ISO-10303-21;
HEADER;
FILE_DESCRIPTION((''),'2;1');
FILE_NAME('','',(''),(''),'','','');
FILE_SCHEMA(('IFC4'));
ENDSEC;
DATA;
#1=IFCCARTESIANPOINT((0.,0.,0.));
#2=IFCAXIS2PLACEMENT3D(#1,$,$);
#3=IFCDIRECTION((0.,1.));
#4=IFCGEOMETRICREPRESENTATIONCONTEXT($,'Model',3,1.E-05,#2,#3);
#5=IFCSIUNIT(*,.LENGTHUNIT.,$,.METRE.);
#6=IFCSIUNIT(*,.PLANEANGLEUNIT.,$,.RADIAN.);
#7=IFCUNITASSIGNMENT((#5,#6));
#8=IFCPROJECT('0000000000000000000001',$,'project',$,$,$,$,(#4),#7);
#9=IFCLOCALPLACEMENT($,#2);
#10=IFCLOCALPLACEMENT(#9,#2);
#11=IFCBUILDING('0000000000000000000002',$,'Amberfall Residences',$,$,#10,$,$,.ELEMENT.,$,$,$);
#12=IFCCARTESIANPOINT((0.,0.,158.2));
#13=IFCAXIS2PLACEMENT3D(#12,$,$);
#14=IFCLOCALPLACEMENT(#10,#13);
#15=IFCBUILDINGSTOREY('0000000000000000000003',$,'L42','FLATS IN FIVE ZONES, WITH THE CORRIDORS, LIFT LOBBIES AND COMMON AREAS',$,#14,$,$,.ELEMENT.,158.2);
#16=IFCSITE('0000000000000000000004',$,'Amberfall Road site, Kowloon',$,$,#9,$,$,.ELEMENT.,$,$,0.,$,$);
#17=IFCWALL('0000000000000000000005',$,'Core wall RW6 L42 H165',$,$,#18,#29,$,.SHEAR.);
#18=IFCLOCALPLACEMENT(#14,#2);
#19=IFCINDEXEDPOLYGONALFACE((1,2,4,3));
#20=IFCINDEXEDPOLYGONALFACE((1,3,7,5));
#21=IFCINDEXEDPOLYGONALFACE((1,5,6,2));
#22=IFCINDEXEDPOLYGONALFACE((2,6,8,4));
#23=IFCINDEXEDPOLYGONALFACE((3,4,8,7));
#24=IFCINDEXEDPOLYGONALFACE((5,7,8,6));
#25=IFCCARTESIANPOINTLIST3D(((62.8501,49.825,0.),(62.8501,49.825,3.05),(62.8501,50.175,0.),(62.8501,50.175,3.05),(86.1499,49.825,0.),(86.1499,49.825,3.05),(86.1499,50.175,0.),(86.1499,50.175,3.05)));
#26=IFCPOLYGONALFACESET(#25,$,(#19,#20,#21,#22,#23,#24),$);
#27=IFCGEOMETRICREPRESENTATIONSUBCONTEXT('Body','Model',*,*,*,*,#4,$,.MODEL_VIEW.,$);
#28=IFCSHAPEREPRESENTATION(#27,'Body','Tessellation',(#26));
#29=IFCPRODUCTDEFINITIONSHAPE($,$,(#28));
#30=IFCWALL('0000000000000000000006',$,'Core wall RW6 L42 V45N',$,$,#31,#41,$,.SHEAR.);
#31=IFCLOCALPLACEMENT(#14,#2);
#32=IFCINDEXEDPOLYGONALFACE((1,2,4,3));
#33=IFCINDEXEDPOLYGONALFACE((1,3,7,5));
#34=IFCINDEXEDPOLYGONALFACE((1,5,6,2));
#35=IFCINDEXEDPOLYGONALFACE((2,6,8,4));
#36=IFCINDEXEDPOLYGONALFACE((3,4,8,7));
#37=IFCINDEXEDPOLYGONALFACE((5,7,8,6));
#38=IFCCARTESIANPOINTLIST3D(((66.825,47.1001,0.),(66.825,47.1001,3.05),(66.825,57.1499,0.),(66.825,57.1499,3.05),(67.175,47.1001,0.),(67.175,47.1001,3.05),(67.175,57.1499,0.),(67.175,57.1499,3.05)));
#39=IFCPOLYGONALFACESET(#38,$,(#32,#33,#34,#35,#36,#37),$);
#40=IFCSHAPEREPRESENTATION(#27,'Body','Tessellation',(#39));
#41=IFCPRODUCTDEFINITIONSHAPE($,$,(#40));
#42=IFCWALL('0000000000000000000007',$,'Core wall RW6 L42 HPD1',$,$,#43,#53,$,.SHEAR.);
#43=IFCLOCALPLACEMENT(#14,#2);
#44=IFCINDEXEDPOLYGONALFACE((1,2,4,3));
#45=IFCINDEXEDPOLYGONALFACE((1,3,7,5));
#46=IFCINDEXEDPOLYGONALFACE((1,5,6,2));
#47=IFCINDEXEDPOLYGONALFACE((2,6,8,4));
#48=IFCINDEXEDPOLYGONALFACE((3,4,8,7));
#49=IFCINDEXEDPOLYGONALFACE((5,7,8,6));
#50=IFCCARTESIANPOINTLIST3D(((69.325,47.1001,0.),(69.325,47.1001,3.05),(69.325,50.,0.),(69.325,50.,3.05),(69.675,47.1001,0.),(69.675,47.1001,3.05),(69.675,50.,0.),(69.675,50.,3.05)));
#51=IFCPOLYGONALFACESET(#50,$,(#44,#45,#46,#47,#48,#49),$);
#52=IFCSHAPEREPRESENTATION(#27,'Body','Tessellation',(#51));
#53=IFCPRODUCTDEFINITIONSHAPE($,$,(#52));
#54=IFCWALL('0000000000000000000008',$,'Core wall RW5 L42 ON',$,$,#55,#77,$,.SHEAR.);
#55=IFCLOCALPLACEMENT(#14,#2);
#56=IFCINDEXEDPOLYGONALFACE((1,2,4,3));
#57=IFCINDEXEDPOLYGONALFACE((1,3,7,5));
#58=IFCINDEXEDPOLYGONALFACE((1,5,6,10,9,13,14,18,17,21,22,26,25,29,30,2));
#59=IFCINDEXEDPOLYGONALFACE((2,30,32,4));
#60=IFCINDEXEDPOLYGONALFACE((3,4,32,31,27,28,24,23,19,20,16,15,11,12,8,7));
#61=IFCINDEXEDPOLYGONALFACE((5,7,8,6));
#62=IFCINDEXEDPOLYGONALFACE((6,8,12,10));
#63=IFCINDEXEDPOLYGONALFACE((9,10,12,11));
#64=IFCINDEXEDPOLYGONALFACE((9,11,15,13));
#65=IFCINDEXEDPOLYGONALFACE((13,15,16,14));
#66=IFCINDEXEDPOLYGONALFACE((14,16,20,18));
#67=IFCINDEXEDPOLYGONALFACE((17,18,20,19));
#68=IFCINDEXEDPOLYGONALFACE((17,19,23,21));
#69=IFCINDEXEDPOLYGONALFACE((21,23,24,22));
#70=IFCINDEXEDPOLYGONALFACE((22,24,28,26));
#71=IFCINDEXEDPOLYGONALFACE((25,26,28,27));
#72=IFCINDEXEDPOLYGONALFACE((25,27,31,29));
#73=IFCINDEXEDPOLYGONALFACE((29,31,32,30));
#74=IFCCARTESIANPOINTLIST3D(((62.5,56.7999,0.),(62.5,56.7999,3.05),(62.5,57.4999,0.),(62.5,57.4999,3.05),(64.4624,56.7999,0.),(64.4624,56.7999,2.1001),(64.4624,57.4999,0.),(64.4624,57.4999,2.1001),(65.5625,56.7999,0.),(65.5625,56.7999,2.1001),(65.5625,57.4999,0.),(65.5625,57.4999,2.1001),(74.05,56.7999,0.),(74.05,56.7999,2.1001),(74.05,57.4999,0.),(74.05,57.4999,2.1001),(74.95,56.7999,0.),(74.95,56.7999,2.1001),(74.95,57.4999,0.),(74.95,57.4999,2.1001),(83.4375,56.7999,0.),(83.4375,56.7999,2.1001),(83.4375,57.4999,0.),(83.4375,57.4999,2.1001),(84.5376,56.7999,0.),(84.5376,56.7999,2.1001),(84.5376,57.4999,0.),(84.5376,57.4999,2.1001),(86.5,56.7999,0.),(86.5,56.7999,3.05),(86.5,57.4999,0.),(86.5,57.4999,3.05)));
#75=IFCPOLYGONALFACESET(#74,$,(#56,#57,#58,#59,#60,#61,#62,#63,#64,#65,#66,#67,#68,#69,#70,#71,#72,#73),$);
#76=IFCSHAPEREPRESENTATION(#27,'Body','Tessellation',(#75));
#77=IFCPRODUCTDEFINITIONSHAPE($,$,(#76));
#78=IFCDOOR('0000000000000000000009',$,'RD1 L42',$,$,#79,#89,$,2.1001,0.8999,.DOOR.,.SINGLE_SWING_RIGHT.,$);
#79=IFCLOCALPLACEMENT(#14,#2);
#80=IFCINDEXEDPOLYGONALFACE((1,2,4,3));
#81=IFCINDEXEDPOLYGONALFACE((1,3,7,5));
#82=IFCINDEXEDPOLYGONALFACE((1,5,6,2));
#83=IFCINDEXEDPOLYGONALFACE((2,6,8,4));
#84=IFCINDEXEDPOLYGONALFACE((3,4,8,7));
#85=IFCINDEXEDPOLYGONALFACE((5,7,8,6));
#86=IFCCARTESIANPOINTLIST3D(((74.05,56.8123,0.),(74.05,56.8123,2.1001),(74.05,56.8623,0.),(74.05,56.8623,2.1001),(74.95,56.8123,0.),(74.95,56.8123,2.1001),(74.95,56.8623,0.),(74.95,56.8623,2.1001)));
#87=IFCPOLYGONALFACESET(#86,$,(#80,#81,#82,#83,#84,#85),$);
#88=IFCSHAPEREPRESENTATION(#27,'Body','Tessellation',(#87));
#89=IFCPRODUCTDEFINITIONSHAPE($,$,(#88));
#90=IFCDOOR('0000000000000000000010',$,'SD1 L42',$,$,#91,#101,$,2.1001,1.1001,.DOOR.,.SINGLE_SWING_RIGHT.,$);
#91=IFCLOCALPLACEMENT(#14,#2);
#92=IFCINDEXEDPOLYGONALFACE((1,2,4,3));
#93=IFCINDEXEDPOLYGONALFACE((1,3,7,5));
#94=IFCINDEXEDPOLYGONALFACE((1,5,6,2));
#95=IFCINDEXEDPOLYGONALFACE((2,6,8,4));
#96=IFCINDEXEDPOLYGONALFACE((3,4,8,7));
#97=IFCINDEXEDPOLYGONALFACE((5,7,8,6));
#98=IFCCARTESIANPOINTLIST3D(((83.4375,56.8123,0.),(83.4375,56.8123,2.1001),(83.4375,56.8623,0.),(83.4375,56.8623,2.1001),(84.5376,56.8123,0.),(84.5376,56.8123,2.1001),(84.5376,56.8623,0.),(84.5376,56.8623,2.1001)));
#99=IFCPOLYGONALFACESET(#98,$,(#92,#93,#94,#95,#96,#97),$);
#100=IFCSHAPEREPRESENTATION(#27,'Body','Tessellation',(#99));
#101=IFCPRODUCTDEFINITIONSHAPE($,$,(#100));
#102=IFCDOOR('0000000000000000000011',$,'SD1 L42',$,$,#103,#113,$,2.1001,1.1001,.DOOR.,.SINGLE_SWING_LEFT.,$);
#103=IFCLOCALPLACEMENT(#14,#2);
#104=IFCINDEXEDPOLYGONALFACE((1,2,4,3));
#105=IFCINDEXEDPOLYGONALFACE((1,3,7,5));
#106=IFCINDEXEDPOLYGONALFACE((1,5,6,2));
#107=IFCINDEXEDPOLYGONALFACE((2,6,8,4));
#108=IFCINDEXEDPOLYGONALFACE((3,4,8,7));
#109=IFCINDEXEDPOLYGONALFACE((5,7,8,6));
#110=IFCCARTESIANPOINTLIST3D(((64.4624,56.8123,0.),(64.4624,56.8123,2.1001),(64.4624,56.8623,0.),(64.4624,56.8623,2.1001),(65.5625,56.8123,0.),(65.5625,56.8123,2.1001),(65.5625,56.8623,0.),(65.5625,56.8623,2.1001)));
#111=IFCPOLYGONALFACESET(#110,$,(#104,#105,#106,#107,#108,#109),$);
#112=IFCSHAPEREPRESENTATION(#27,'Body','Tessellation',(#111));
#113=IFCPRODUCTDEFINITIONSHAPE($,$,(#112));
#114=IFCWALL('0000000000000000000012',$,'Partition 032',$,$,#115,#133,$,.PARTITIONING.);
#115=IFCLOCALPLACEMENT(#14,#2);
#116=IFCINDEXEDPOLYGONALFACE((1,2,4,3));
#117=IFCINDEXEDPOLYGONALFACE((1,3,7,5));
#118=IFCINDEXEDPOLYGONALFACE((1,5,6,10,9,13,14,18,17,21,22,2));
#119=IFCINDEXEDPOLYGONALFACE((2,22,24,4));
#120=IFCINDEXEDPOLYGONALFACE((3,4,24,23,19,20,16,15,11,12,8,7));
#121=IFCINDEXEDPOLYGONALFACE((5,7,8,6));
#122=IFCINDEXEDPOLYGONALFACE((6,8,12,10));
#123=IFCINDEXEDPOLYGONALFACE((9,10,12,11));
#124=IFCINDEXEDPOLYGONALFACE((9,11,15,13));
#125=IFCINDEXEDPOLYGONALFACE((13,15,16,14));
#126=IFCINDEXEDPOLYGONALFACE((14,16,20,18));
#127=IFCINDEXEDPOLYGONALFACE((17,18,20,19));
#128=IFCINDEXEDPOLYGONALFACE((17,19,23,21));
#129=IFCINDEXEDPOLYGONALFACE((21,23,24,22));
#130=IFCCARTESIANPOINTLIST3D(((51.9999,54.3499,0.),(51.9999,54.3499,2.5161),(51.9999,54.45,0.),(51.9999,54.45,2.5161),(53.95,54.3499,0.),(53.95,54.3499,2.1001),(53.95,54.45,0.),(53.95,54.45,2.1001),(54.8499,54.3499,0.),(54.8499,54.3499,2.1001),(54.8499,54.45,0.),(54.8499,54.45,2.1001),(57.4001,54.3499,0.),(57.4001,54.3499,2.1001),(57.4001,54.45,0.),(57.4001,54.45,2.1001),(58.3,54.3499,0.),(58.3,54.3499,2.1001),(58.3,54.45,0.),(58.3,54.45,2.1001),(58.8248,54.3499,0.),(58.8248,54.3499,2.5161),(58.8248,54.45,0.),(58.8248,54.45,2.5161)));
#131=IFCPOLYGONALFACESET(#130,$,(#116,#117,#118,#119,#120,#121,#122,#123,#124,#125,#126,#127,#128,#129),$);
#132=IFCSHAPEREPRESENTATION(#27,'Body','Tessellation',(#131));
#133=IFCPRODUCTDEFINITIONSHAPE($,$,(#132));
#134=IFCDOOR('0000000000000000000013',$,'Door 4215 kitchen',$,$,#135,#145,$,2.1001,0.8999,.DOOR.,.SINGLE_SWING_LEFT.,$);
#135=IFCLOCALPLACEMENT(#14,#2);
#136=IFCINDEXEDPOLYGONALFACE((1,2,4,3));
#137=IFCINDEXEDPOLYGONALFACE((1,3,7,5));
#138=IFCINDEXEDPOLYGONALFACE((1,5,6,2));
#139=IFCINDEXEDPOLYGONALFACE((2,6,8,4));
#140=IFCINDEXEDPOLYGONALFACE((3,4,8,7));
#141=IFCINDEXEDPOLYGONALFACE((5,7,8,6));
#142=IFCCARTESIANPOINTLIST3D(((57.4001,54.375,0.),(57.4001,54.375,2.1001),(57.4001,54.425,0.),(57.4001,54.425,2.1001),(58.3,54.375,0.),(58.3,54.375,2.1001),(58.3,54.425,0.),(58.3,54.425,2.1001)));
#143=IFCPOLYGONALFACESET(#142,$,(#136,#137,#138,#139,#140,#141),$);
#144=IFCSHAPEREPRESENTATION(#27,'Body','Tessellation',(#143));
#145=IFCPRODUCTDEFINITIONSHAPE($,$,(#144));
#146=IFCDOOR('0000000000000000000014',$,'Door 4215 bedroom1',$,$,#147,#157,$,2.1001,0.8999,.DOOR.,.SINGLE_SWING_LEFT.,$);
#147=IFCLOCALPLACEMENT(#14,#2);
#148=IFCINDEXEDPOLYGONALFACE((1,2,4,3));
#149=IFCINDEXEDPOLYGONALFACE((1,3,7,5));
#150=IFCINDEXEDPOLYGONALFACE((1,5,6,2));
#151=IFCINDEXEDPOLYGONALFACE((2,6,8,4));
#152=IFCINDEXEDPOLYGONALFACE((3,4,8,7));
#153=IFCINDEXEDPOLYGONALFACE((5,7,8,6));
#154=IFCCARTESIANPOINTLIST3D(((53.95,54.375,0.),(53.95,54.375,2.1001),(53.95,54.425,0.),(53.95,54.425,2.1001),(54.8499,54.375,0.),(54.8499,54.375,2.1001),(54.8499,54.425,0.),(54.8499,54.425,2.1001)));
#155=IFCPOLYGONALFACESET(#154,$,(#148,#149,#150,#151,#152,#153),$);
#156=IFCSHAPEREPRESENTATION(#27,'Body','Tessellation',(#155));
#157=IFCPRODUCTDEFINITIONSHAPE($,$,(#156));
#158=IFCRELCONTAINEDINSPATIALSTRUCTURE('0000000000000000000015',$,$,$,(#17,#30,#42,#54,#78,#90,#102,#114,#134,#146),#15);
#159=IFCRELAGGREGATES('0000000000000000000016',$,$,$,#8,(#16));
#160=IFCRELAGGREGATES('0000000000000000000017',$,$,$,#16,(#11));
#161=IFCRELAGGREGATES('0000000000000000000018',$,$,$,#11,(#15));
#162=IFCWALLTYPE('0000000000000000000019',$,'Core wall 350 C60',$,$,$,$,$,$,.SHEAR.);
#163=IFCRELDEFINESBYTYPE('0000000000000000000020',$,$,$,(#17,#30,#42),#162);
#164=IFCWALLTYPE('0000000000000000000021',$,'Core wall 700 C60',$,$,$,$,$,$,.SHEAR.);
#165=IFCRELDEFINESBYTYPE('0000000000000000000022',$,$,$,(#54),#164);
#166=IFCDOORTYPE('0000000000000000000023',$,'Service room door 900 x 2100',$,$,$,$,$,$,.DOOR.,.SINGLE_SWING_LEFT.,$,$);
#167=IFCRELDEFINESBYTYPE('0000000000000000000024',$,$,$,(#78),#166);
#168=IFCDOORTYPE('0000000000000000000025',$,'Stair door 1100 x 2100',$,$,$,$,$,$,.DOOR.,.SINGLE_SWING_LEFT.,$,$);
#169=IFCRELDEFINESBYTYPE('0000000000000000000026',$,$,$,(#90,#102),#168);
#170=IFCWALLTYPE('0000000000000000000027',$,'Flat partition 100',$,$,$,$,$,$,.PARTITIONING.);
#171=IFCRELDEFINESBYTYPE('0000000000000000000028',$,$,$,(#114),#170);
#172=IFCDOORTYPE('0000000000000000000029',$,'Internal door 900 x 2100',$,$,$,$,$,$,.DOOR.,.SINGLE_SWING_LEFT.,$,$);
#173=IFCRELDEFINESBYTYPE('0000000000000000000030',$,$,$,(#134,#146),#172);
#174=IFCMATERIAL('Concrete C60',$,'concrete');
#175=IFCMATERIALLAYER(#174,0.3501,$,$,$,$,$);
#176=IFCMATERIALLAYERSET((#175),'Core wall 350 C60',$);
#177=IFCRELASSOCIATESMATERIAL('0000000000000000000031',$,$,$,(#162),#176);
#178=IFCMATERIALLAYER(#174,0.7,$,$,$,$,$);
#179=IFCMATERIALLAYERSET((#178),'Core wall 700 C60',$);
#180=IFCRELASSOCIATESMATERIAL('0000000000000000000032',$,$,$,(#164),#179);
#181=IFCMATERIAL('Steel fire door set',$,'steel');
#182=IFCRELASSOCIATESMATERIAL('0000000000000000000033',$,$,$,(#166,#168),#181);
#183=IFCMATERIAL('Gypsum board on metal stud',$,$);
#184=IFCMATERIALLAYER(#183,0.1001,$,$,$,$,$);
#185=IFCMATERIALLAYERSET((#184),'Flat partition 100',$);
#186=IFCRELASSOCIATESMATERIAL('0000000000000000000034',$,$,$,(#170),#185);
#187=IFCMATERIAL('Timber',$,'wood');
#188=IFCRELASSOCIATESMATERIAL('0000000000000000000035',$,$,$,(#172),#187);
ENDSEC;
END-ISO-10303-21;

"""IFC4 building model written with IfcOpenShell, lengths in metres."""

from ifc_helpers import new_model, si_unit, direction, frame, frame_2d, origin, place, context, subcontext, project, spatial, rectangle, extrude, material, layer, layer_set, type_object, element, fill, save


model = new_model("IFC4")

# Units and contexts
model_context = context("Model", 3, precision=1e-05, world=origin(), true_north=direction((0.0, 1.0)))
body_context = subcontext(model_context, "Body", "Model", "MODEL_VIEW")
ifc_project = project(units=[si_unit("LENGTHUNIT", "METRE"), si_unit("PLANEANGLEUNIT", "RADIAN")], contexts=[model_context])

# Site, building, storey
site_placement = place(None, origin())
site = spatial("IfcSite", under=ifc_project, at=site_placement, Name="Amberfall Road site, Kowloon", CompositionType="ELEMENT", RefElevation=0.0)
building_placement = place(site_placement, origin())
building = spatial("IfcBuilding", under=site, at=building_placement, Name="Amberfall Residences", CompositionType="ELEMENT")
storey_placement = place(building_placement, frame((0.0, 0.0, 158.2)))
storey = spatial("IfcBuildingStorey", under=building, at=storey_placement, Name="L42", Description="FLATS IN FIVE ZONES, WITH THE CORRIDORS, LIFT LOBBIES AND COMMON AREAS", CompositionType="ELEMENT", Elevation=158.2)

# Walls
ifc_material_1 = material(Name="Concrete C60", Category="concrete")
ifc_layer_1 = layer(ifc_material_1, 0.3501)
ifc_layer_set_1 = layer_set([ifc_layer_1], Name="Core wall 350 C60")
wall_type_1 = type_object("IfcWallType", Name="Core wall 350 C60", PredefinedType="SHEAR", material=ifc_layer_set_1)
wall_1_placement = place(storey_placement, frame((62.8501, 50.0, 0.0), z_axis=(0.0, 0.0, 1.0), x_axis=(1.0, 0.0, 0.0)))
element("IfcWall", 1, at=wall_1_placement, inside=storey, type_object=wall_type_1, Name="Core wall RW6 L42 H165", PredefinedType="SHEAR", context=body_context, shape_type="SweptSolid", body=[
    extrude(rectangle(XDim=23.2998, YDim=0.3501, at=frame_2d((11.6499, 0.0))), origin(), (0.0, 0.0, 1.0), 3.05),
])
wall_2_placement = place(storey_placement, frame((67.0, 47.1001, 0.0), z_axis=(0.0, 0.0, 1.0), x_axis=(0.0, 1.0, 0.0)))
element("IfcWall", 2, at=wall_2_placement, inside=storey, type_object=wall_type_1, Name="Core wall RW6 L42 V45N", PredefinedType="SHEAR", context=body_context, shape_type="SweptSolid", body=[
    extrude(rectangle(XDim=10.0498, YDim=0.3501, at=frame_2d((5.0249, 0.0))), origin(), (0.0, 0.0, 1.0), 3.05),
])
wall_3_placement = place(storey_placement, frame((69.5, 47.1001, 0.0), z_axis=(0.0, 0.0, 1.0), x_axis=(0.0, 1.0, 0.0)))
element("IfcWall", 3, at=wall_3_placement, inside=storey, type_object=wall_type_1, Name="Core wall RW6 L42 HPD1", PredefinedType="SHEAR", context=body_context, shape_type="SweptSolid", body=[
    extrude(rectangle(XDim=2.8999, YDim=0.3501, at=frame_2d((1.45, 0.0))), origin(), (0.0, 0.0, 1.0), 3.05),
])

# Walls, openings, doors
ifc_layer_2 = layer(ifc_material_1, 0.7)
ifc_layer_set_2 = layer_set([ifc_layer_2], Name="Core wall 700 C60")
wall_type_2 = type_object("IfcWallType", Name="Core wall 700 C60", PredefinedType="SHEAR", material=ifc_layer_set_2)
wall_4_placement = place(storey_placement, frame((62.5, 57.1499, 0.0), z_axis=(0.0, 0.0, 1.0), x_axis=(1.0, 0.0, 0.0)))
wall_4 = element("IfcWall", 4, at=wall_4_placement, inside=storey, type_object=wall_type_2, Name="Core wall RW5 L42 ON", PredefinedType="SHEAR", context=body_context, shape_type="SweptSolid", body=[
    extrude(rectangle(XDim=24.0, YDim=0.7, at=frame_2d((12.0, 0.0))), origin(), (0.0, 0.0, 1.0), 3.05),
])
opening_1_placement = place(wall_4_placement, frame((20.9375, 0.0, 0.0)))
opening_1 = element("IfcOpeningElement", 5, at=opening_1_placement, cuts=wall_4, PredefinedType="OPENING", context=body_context, shape_type="SweptSolid", body=[
    extrude(rectangle(XDim=1.1001, YDim=2.1001, at=frame_2d((0.55, 1.05))), frame((0.0, 0.3599, 0.0), z_axis=(0.0, -1.0, 0.0), x_axis=(1.0, 0.0, 0.0)), (0.0, 0.0, 1.0), 0.72),
])
opening_2_placement = place(wall_4_placement, frame((1.9624, 0.0, 0.0)))
opening_2 = element("IfcOpeningElement", 6, at=opening_2_placement, cuts=wall_4, PredefinedType="OPENING", context=body_context, shape_type="SweptSolid", body=[
    extrude(rectangle(XDim=1.1001, YDim=2.1001, at=frame_2d((0.55, 1.05))), frame((0.0, 0.3599, 0.0), z_axis=(0.0, -1.0, 0.0), x_axis=(1.0, 0.0, 0.0)), (0.0, 0.0, 1.0), 0.72),
])
opening_3_placement = place(wall_4_placement, frame((11.55, 0.0, 0.0)))
opening_3 = element("IfcOpeningElement", 7, at=opening_3_placement, cuts=wall_4, PredefinedType="OPENING", context=body_context, shape_type="SweptSolid", body=[
    extrude(rectangle(XDim=0.8999, YDim=2.1001, at=frame_2d((0.45, 1.05))), frame((0.0, 0.3599, 0.0), z_axis=(0.0, -1.0, 0.0), x_axis=(1.0, 0.0, 0.0)), (0.0, 0.0, 1.0), 0.72),
])
ifc_material_2 = material(Name="Steel fire door set", Category="steel")
door_type_1 = type_object("IfcDoorType", Name="Service room door 900 x 2100", OperationType="SINGLE_SWING_LEFT", PredefinedType="DOOR", material=ifc_material_2)
door_1_placement = place(opening_3_placement, origin())
door_1 = element("IfcDoor", 8, at=door_1_placement, inside=storey, type_object=door_type_1, Name="RD1 L42", OperationType="SINGLE_SWING_RIGHT", OverallHeight=2.1001, OverallWidth=0.8999, PredefinedType="DOOR", context=body_context, shape_type="SweptSolid", body=[
    extrude(rectangle(XDim=0.8999, YDim=2.1001, at=frame_2d((0.45, 1.05))), frame((0.0, -0.2876, 0.0), z_axis=(0.0, -1.0, 0.0), x_axis=(1.0, 0.0, 0.0)), (0.0, 0.0, 1.0), 0.05),
])
fill(opening_3, door_1)
door_type_2 = type_object("IfcDoorType", Name="Stair door 1100 x 2100", OperationType="SINGLE_SWING_LEFT", PredefinedType="DOOR", material=ifc_material_2)
door_2_placement = place(opening_1_placement, origin())
door_2 = element("IfcDoor", 9, at=door_2_placement, inside=storey, type_object=door_type_2, Name="SD1 L42", OperationType="SINGLE_SWING_RIGHT", OverallHeight=2.1001, OverallWidth=1.1001, PredefinedType="DOOR", context=body_context, shape_type="SweptSolid", body=[
    extrude(rectangle(XDim=1.1001, YDim=2.1001, at=frame_2d((0.55, 1.05))), frame((0.0, -0.2876, 0.0), z_axis=(0.0, -1.0, 0.0), x_axis=(1.0, 0.0, 0.0)), (0.0, 0.0, 1.0), 0.05),
])
fill(opening_1, door_2)
door_3_placement = place(opening_2_placement, origin())
door_3 = element("IfcDoor", 10, at=door_3_placement, inside=storey, type_object=door_type_2, Name="SD1 L42", OperationType="SINGLE_SWING_LEFT", OverallHeight=2.1001, OverallWidth=1.1001, PredefinedType="DOOR", context=body_context, shape_type="SweptSolid", body=[
    extrude(rectangle(XDim=1.1001, YDim=2.1001, at=frame_2d((0.55, 1.05))), frame((0.0, -0.2876, 0.0), z_axis=(0.0, -1.0, 0.0), x_axis=(1.0, 0.0, 0.0)), (0.0, 0.0, 1.0), 0.05),
])
fill(opening_2, door_3)
ifc_material_3 = material(Name="Gypsum board on metal stud")
ifc_layer_3 = layer(ifc_material_3, 0.1001)
ifc_layer_set_3 = layer_set([ifc_layer_3], Name="Flat partition 100")
wall_type_3 = type_object("IfcWallType", Name="Flat partition 100", PredefinedType="PARTITIONING", material=ifc_layer_set_3)
wall_5_placement = place(storey_placement, frame((58.825, 54.3999, 0.0), z_axis=(0.0, 0.0, 1.0), x_axis=(-1.0, 0.0, 0.0)))
wall_5 = element("IfcWall", 11, at=wall_5_placement, inside=storey, type_object=wall_type_3, Name="Partition 032", PredefinedType="PARTITIONING", context=body_context, shape_type="SweptSolid", body=[
    extrude(rectangle(XDim=6.825, YDim=0.1001, at=frame_2d((3.4126, 0.0))), origin(), (0.0, 0.0, 1.0), 2.5161),
])
opening_4_placement = place(wall_5_placement, frame((0.5249, 0.0, 0.0)))
opening_4 = element("IfcOpeningElement", 12, at=opening_4_placement, cuts=wall_5, PredefinedType="OPENING", context=body_context, shape_type="SweptSolid", body=[
    extrude(rectangle(XDim=0.8999, YDim=2.1001, at=frame_2d((0.45, 1.05))), frame((0.0, 0.0601, 0.0), z_axis=(0.0, -1.0, 0.0), x_axis=(1.0, 0.0, 0.0)), (0.0, 0.0, 1.0), 0.1201),
])
opening_5_placement = place(wall_5_placement, frame((3.9751, 0.0, 0.0)))
opening_5 = element("IfcOpeningElement", 13, at=opening_5_placement, cuts=wall_5, PredefinedType="OPENING", context=body_context, shape_type="SweptSolid", body=[
    extrude(rectangle(XDim=0.8999, YDim=2.1001, at=frame_2d((0.45, 1.05))), frame((0.0, 0.0601, 0.0), z_axis=(0.0, -1.0, 0.0), x_axis=(1.0, 0.0, 0.0)), (0.0, 0.0, 1.0), 0.1201),
])
ifc_material_4 = material(Name="Timber", Category="wood")
door_type_3 = type_object("IfcDoorType", Name="Internal door 900 x 2100", OperationType="SINGLE_SWING_LEFT", PredefinedType="DOOR", material=ifc_material_4)
door_4_placement = place(opening_4_placement, origin())
door_4 = element("IfcDoor", 14, at=door_4_placement, inside=storey, type_object=door_type_3, Name="Door 4215 kitchen", OperationType="SINGLE_SWING_LEFT", OverallHeight=2.1001, OverallWidth=0.8999, PredefinedType="DOOR", context=body_context, shape_type="SweptSolid", body=[
    extrude(rectangle(XDim=0.8999, YDim=2.1001, at=frame_2d((0.45, 1.05))), frame((0.0, 0.0249, 0.0), z_axis=(0.0, -1.0, 0.0), x_axis=(1.0, 0.0, 0.0)), (0.0, 0.0, 1.0), 0.05),
])
fill(opening_4, door_4)
door_5_placement = place(opening_5_placement, origin())
door_5 = element("IfcDoor", 15, at=door_5_placement, inside=storey, type_object=door_type_3, Name="Door 4215 bedroom1", OperationType="SINGLE_SWING_LEFT", OverallHeight=2.1001, OverallWidth=0.8999, PredefinedType="DOOR", context=body_context, shape_type="SweptSolid", body=[
    extrude(rectangle(XDim=0.8999, YDim=2.1001, at=frame_2d((0.45, 1.05))), frame((0.0, 0.0249, 0.0), z_axis=(0.0, -1.0, 0.0), x_axis=(1.0, 0.0, 0.0)), (0.0, 0.0, 1.0), 0.05),
])
fill(opening_5, door_5)

save(model, "model.ifc")
